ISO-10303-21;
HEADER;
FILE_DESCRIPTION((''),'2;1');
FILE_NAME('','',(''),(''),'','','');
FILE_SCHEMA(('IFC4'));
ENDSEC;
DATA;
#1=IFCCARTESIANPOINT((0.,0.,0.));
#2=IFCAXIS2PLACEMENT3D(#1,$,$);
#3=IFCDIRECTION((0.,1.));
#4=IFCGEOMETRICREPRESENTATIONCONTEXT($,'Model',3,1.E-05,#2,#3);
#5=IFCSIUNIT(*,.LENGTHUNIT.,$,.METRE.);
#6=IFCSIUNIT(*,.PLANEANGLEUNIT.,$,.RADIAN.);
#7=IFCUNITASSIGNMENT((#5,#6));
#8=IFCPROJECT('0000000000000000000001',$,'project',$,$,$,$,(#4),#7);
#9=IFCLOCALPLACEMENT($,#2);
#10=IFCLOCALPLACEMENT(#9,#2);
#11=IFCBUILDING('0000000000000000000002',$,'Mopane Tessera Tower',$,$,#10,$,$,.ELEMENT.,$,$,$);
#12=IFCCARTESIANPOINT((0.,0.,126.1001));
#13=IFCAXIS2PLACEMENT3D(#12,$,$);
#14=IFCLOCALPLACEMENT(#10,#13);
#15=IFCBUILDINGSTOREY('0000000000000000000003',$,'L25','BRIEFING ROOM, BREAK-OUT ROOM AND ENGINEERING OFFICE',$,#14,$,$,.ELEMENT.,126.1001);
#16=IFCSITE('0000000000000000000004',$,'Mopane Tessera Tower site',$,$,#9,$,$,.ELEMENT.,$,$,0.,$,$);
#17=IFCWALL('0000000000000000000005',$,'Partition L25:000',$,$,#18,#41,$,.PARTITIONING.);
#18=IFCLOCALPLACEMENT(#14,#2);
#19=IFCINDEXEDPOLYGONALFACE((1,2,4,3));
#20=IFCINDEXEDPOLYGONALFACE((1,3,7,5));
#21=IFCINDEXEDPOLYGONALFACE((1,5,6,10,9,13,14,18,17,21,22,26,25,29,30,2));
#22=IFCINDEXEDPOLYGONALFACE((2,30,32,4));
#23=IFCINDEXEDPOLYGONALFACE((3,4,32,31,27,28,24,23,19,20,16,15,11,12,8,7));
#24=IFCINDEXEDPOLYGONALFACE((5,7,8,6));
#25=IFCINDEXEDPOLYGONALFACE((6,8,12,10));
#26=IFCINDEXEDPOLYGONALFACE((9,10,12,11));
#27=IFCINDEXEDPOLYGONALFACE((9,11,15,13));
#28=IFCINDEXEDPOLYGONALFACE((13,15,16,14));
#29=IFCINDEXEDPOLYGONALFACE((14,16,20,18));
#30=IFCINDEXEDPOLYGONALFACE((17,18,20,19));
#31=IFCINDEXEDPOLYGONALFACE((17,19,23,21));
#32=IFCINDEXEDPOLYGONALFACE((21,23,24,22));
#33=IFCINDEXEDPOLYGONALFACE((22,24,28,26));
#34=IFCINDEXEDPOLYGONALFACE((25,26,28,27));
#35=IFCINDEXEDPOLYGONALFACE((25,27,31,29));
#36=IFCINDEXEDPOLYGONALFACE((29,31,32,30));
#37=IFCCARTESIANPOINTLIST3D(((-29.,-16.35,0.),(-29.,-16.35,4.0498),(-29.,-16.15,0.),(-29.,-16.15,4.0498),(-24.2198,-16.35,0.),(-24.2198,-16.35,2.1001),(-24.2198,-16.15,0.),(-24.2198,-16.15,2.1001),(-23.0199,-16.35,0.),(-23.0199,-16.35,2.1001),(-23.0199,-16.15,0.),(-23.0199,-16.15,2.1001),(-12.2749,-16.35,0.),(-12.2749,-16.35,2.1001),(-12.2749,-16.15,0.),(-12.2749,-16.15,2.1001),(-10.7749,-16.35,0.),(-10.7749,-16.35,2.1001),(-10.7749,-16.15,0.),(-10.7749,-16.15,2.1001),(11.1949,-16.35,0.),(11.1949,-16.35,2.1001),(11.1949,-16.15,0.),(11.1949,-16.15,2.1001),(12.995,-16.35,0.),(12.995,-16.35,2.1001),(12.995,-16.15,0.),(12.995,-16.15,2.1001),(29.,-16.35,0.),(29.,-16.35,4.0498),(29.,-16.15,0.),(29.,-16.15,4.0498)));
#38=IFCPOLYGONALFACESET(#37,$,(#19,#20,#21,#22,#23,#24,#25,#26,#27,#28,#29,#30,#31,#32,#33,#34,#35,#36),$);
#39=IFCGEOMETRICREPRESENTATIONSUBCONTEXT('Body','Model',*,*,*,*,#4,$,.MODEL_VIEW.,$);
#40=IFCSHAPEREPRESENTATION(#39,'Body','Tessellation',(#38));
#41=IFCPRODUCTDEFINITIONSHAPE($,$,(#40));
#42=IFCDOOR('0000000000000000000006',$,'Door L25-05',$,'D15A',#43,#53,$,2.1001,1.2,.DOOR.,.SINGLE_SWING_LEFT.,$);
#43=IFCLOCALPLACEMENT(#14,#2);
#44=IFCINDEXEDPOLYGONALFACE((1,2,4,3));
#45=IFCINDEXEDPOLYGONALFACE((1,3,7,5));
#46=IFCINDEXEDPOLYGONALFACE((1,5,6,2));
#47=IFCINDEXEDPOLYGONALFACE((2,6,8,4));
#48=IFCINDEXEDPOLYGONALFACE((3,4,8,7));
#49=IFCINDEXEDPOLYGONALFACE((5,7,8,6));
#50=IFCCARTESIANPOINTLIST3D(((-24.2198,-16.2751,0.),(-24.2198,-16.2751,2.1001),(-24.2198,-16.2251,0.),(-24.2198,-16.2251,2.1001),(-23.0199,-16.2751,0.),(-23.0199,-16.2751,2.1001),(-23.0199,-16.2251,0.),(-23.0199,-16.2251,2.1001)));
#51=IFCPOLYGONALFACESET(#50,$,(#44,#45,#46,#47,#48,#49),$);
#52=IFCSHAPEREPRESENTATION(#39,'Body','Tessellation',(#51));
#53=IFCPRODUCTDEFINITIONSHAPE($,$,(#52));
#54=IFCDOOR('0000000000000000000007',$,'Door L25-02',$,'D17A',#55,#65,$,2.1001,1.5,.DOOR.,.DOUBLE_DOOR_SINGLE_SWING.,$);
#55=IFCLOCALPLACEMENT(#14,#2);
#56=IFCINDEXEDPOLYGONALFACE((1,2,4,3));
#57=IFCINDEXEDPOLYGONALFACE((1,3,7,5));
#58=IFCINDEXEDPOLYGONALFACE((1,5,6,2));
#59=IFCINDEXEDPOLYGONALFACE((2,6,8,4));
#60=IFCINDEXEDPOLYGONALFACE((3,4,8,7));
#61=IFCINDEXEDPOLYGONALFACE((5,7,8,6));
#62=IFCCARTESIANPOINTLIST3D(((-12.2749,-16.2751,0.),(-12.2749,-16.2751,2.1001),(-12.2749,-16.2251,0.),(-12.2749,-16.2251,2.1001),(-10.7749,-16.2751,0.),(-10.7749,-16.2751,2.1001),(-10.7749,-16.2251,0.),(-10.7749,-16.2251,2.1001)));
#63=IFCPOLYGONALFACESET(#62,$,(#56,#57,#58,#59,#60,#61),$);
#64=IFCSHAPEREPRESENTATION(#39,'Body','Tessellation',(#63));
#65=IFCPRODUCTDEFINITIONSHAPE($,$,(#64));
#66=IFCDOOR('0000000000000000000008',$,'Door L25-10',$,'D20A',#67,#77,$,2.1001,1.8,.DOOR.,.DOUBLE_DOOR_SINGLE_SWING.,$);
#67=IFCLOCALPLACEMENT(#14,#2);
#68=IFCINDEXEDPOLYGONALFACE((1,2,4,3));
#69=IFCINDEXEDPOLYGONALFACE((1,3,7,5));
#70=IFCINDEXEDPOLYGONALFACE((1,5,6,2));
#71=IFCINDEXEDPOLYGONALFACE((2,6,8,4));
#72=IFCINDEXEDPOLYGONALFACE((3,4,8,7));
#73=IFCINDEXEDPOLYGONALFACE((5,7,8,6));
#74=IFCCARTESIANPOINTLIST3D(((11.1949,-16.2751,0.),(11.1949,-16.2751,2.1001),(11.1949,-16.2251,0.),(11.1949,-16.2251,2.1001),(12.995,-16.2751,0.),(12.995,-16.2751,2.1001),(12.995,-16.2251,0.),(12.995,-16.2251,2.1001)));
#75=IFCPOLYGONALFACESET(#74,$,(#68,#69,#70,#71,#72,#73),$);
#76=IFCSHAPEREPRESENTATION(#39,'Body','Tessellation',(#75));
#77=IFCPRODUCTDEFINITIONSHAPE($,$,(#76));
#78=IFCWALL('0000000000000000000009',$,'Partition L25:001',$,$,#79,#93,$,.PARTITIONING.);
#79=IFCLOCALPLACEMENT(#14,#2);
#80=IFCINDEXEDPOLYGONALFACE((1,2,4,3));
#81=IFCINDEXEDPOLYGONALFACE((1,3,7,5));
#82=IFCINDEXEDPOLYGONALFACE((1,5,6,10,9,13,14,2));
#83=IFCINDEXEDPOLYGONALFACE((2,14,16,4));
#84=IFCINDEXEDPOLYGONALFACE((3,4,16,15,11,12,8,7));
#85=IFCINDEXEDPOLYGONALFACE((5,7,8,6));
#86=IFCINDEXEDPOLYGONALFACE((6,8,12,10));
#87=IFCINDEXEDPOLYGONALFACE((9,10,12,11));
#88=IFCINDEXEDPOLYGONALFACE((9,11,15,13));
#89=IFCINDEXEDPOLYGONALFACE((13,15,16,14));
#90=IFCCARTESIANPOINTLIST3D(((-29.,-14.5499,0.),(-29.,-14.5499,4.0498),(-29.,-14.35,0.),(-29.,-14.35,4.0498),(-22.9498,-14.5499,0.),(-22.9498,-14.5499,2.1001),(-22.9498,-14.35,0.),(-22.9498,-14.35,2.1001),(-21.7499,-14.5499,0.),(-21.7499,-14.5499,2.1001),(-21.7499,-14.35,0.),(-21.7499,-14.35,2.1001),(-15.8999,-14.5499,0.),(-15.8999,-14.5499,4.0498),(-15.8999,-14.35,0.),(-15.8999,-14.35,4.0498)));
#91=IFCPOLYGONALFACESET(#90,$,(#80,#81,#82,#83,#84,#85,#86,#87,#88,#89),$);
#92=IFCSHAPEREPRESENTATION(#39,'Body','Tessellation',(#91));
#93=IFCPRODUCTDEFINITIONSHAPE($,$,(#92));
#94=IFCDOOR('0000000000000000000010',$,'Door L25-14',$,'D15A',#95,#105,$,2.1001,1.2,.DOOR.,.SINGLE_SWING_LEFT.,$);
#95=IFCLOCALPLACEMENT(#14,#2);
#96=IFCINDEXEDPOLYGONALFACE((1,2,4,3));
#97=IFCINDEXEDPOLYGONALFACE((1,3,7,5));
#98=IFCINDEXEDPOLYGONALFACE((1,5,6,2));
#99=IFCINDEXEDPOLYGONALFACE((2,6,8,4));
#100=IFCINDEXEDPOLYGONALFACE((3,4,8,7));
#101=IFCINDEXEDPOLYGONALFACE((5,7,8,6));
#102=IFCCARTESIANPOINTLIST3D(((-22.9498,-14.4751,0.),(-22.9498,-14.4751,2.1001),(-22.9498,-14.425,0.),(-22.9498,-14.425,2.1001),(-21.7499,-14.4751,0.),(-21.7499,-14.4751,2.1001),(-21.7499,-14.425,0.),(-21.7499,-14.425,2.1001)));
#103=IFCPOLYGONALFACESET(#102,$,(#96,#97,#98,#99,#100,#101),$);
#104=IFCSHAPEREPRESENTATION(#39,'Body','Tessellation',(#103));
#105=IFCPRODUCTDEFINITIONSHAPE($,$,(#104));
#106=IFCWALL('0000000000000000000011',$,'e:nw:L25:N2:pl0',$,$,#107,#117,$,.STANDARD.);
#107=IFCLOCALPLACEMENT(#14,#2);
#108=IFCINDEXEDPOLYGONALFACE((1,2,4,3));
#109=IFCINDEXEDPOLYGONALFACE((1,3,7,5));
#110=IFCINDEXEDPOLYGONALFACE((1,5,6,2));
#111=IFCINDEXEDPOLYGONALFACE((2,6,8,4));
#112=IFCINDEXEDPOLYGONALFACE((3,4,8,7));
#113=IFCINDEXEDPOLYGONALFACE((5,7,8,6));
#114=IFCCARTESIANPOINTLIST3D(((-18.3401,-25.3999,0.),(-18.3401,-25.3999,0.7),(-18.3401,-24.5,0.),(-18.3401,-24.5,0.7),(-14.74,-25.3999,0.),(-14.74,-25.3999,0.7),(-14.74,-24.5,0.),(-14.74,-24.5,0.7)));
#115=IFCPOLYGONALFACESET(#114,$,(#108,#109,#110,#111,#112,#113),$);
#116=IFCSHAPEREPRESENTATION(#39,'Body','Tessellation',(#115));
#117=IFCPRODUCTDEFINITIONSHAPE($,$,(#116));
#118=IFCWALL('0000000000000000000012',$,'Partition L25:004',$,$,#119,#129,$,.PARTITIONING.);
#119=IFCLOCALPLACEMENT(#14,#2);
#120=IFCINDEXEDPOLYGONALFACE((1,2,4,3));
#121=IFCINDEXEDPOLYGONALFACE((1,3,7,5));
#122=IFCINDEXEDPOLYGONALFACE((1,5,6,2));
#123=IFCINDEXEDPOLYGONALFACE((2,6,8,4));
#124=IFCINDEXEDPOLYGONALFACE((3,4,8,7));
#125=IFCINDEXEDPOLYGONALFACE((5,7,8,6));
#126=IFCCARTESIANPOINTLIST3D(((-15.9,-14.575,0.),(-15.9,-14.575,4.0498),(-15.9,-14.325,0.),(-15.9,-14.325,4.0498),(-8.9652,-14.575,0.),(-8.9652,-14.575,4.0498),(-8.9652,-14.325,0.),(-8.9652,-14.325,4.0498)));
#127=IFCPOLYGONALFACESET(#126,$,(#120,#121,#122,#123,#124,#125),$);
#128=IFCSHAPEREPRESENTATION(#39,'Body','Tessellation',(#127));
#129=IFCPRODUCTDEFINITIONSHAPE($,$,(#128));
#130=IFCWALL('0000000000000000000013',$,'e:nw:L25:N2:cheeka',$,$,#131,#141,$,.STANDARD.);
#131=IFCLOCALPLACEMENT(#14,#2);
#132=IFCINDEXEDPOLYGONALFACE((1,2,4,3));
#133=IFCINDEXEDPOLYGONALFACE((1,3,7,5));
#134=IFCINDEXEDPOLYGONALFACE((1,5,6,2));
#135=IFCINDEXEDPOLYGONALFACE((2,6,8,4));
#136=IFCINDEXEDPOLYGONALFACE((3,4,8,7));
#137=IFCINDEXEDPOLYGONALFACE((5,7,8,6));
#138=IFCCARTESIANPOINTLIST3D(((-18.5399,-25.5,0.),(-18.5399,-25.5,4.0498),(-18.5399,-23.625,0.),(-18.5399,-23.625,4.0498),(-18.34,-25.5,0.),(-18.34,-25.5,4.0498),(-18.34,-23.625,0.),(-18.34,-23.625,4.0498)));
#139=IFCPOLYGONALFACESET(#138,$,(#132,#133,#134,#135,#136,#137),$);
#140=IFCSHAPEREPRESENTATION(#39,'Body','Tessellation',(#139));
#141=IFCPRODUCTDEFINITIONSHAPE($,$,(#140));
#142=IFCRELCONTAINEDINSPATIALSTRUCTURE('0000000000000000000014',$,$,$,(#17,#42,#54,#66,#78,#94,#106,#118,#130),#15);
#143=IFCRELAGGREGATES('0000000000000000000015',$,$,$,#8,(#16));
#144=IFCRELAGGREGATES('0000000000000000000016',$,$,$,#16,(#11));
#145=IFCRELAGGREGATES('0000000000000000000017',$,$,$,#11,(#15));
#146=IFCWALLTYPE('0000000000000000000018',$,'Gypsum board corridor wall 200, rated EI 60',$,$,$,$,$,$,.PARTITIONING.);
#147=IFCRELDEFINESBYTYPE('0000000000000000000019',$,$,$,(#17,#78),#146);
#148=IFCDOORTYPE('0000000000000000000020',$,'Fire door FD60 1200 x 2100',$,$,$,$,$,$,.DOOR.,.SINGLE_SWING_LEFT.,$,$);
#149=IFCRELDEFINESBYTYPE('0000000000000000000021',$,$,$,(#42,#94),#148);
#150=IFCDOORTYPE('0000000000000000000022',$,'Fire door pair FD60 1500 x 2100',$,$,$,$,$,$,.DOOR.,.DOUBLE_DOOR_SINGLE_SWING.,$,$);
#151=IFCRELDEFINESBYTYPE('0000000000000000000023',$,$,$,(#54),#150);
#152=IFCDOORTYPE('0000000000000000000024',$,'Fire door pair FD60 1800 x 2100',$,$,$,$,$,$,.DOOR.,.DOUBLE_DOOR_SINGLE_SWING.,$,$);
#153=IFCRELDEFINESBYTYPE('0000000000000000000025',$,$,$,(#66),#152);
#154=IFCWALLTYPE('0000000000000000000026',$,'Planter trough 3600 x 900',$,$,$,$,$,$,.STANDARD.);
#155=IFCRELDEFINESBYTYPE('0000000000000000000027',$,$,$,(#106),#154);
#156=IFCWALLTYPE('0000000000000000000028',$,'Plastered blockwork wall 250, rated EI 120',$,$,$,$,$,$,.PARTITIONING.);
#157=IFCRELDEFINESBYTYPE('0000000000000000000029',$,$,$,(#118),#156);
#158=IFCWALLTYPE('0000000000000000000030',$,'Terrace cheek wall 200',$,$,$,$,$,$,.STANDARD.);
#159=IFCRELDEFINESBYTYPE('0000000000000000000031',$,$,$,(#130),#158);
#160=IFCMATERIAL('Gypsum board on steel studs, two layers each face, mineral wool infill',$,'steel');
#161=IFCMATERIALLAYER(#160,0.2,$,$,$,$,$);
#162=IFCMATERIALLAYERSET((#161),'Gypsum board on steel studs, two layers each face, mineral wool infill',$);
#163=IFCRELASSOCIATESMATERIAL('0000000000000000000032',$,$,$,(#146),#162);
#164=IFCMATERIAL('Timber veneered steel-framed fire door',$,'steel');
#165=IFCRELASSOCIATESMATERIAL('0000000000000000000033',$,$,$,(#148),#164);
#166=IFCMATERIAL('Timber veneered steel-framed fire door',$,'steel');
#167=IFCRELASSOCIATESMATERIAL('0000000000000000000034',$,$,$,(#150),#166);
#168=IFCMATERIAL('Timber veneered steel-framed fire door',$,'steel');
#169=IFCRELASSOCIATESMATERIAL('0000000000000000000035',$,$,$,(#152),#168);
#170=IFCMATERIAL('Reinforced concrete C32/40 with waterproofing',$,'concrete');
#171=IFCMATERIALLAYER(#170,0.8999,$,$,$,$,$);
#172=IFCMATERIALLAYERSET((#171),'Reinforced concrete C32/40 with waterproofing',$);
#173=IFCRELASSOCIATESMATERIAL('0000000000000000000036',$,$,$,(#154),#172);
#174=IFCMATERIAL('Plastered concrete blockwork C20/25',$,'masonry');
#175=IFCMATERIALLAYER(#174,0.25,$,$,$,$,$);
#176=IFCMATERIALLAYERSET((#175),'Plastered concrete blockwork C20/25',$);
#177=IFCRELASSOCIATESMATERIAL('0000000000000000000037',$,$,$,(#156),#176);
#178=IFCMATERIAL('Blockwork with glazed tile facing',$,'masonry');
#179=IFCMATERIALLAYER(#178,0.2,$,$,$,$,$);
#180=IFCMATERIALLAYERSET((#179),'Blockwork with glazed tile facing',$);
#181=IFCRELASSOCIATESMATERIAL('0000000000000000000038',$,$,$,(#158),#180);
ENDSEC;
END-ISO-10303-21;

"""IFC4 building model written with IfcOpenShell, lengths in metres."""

from ifc_helpers import new_model, si_unit, direction, frame, frame_2d, origin, place, context, subcontext, project, spatial, rectangle, extrude, material, layer, layer_set, type_object, element, fill, save


model = new_model("IFC4")

# Units and contexts
model_context = context("Model", 3, precision=1e-05, world=origin(), true_north=direction((0.0, 1.0)))
body_context = subcontext(model_context, "Body", "Model", "MODEL_VIEW")
ifc_project = project(units=[si_unit("LENGTHUNIT", "METRE"), si_unit("PLANEANGLEUNIT", "RADIAN")], contexts=[model_context])

# Site, building, storey
site_placement = place(None, origin())
site = spatial("IfcSite", under=ifc_project, at=site_placement, Name="Mopane Tessera Tower site", CompositionType="ELEMENT", RefElevation=0.0)
building_placement = place(site_placement, origin())
building = spatial("IfcBuilding", under=site, at=building_placement, Name="Mopane Tessera Tower", CompositionType="ELEMENT")
storey_placement = place(building_placement, frame((0.0, 0.0, 126.1001)))
storey = spatial("IfcBuildingStorey", under=building, at=storey_placement, Name="L25", Description="BRIEFING ROOM, BREAK-OUT ROOM AND ENGINEERING OFFICE", CompositionType="ELEMENT", Elevation=126.1001)

# Wall, openings, doors
ifc_material_1 = material(Name="Gypsum board on steel studs, two layers each face, mineral wool infill", Category="steel")
ifc_layer_1 = layer(ifc_material_1, 0.2)
ifc_layer_set_1 = layer_set([ifc_layer_1], Name="Gypsum board on steel studs, two layers each face, mineral wool infill")
wall_type_1 = type_object("IfcWallType", Name="Gypsum board corridor wall 200, rated EI 60", PredefinedType="PARTITIONING", material=ifc_layer_set_1)
wall_1_placement = place(storey_placement, frame((-29.0, -16.25, 0.0), z_axis=(0.0, 0.0, 1.0), x_axis=(1.0, 0.0, 0.0)))
wall_1 = element("IfcWall", 1, at=wall_1_placement, inside=storey, type_object=wall_type_1, Name="Partition L25:000", PredefinedType="PARTITIONING", context=body_context, shape_type="SweptSolid", body=[
    extrude(rectangle(XDim=58.0, YDim=0.2, at=frame_2d((29.0, 0.0))), origin(), (0.0, 0.0, 1.0), 4.0498),
])
opening_1_placement = place(wall_1_placement, frame((16.7251, 0.0, 0.0)))
opening_1 = element("IfcOpeningElement", 2, at=opening_1_placement, cuts=wall_1, PredefinedType="OPENING", context=body_context, shape_type="SweptSolid", body=[
    extrude(rectangle(XDim=1.5, YDim=2.1001, at=frame_2d((0.75, 1.05))), frame((0.0, 0.1121, 0.0), z_axis=(0.0, -1.0, 0.0), x_axis=(1.0, 0.0, 0.0)), (0.0, 0.0, 1.0), 0.2239),
])
opening_2_placement = place(wall_1_placement, frame((4.78, 0.0, 0.0)))
opening_2 = element("IfcOpeningElement", 3, at=opening_2_placement, cuts=wall_1, PredefinedType="OPENING", context=body_context, shape_type="SweptSolid", body=[
    extrude(rectangle(XDim=1.2, YDim=2.1001, at=frame_2d((0.6001, 1.05))), frame((0.0, 0.1121, 0.0), z_axis=(0.0, -1.0, 0.0), x_axis=(1.0, 0.0, 0.0)), (0.0, 0.0, 1.0), 0.2239),
])
opening_3_placement = place(wall_1_placement, frame((40.1951, 0.0, 0.0)))
opening_3 = element("IfcOpeningElement", 4, at=opening_3_placement, cuts=wall_1, PredefinedType="OPENING", context=body_context, shape_type="SweptSolid", body=[
    extrude(rectangle(XDim=1.8, YDim=2.1001, at=frame_2d((0.8999, 1.05))), frame((0.0, 0.1121, 0.0), z_axis=(0.0, -1.0, 0.0), x_axis=(1.0, 0.0, 0.0)), (0.0, 0.0, 1.0), 0.2239),
])
ifc_material_2 = material(Name="Timber veneered steel-framed fire door", Category="steel")
door_type_1 = type_object("IfcDoorType", Name="Fire door FD60 1200 x 2100", OperationType="SINGLE_SWING_LEFT", PredefinedType="DOOR", material=ifc_material_2)
door_1_placement = place(opening_2_placement, origin())
door_1 = element("IfcDoor", 5, at=door_1_placement, inside=storey, type_object=door_type_1, Name="Door L25-05", ObjectType="D15A", OperationType="SINGLE_SWING_LEFT", OverallHeight=2.1001, OverallWidth=1.2, PredefinedType="DOOR", context=body_context, shape_type="SweptSolid", body=[
    extrude(rectangle(XDim=1.2, YDim=2.1001, at=frame_2d((0.6001, 1.05))), frame((0.0, 0.0249, 0.0), z_axis=(0.0, -1.0, 0.0), x_axis=(1.0, 0.0, 0.0)), (0.0, 0.0, 1.0), 0.05),
])
fill(opening_2, door_1)
ifc_material_3 = material(Name="Timber veneered steel-framed fire door", Category="steel")
door_type_2 = type_object("IfcDoorType", Name="Fire door pair FD60 1500 x 2100", OperationType="DOUBLE_DOOR_SINGLE_SWING", PredefinedType="DOOR", material=ifc_material_3)
door_2_placement = place(opening_1_placement, origin())
door_2 = element("IfcDoor", 6, at=door_2_placement, inside=storey, type_object=door_type_2, Name="Door L25-02", ObjectType="D17A", OperationType="DOUBLE_DOOR_SINGLE_SWING", OverallHeight=2.1001, OverallWidth=1.5, PredefinedType="DOOR", context=body_context, shape_type="SweptSolid", body=[
    extrude(rectangle(XDim=1.5, YDim=2.1001, at=frame_2d((0.75, 1.05))), frame((0.0, 0.0249, 0.0), z_axis=(0.0, -1.0, 0.0), x_axis=(1.0, 0.0, 0.0)), (0.0, 0.0, 1.0), 0.05),
])
fill(opening_1, door_2)
ifc_material_4 = material(Name="Timber veneered steel-framed fire door", Category="steel")
door_type_3 = type_object("IfcDoorType", Name="Fire door pair FD60 1800 x 2100", OperationType="DOUBLE_DOOR_SINGLE_SWING", PredefinedType="DOOR", material=ifc_material_4)
door_3_placement = place(opening_3_placement, origin())
door_3 = element("IfcDoor", 7, at=door_3_placement, inside=storey, type_object=door_type_3, Name="Door L25-10", ObjectType="D20A", OperationType="DOUBLE_DOOR_SINGLE_SWING", OverallHeight=2.1001, OverallWidth=1.8, PredefinedType="DOOR", context=body_context, shape_type="SweptSolid", body=[
    extrude(rectangle(XDim=1.8, YDim=2.1001, at=frame_2d((0.8999, 1.05))), frame((0.0, 0.0249, 0.0), z_axis=(0.0, -1.0, 0.0), x_axis=(1.0, 0.0, 0.0)), (0.0, 0.0, 1.0), 0.05),
])
fill(opening_3, door_3)

# Wall, opening, door
wall_2_placement = place(storey_placement, frame((-29.0, -14.45, 0.0), z_axis=(0.0, 0.0, 1.0), x_axis=(1.0, 0.0, 0.0)))
wall_2 = element("IfcWall", 8, at=wall_2_placement, inside=storey, type_object=wall_type_1, Name="Partition L25:001", PredefinedType="PARTITIONING", context=body_context, shape_type="SweptSolid", body=[
    extrude(rectangle(XDim=13.1001, YDim=0.2, at=frame_2d((6.55, 0.0))), origin(), (0.0, 0.0, 1.0), 4.0498),
])
opening_4_placement = place(wall_2_placement, frame((6.05, 0.0, 0.0)))
opening_4 = element("IfcOpeningElement", 9, at=opening_4_placement, cuts=wall_2, PredefinedType="OPENING", context=body_context, shape_type="SweptSolid", body=[
    extrude(rectangle(XDim=1.2, YDim=2.1001, at=frame_2d((0.6001, 1.05))), frame((0.0, 0.1121, 0.0), z_axis=(0.0, -1.0, 0.0), x_axis=(1.0, 0.0, 0.0)), (0.0, 0.0, 1.0), 0.2239),
])
door_4_placement = place(opening_4_placement, origin())
door_4 = element("IfcDoor", 10, at=door_4_placement, inside=storey, type_object=door_type_1, Name="Door L25-14", ObjectType="D15A", OperationType="SINGLE_SWING_LEFT", OverallHeight=2.1001, OverallWidth=1.2, PredefinedType="DOOR", context=body_context, shape_type="SweptSolid", body=[
    extrude(rectangle(XDim=1.2, YDim=2.1001, at=frame_2d((0.6001, 1.05))), frame((0.0, 0.0249, 0.0), z_axis=(0.0, -1.0, 0.0), x_axis=(1.0, 0.0, 0.0)), (0.0, 0.0, 1.0), 0.05),
])
fill(opening_4, door_4)

# Walls
ifc_material_5 = material(Name="Reinforced concrete C32/40 with waterproofing", Category="concrete")
ifc_layer_2 = layer(ifc_material_5, 0.8999)
ifc_layer_set_2 = layer_set([ifc_layer_2], Name="Reinforced concrete C32/40 with waterproofing")
wall_type_2 = type_object("IfcWallType", Name="Planter trough 3600 x 900", PredefinedType="STANDARD", material=ifc_layer_set_2)
wall_3_placement = place(storey_placement, frame((-18.3401, -24.95, 0.0), z_axis=(0.0, 0.0, 1.0), x_axis=(1.0, 0.0, 0.0)))
element("IfcWall", 11, at=wall_3_placement, inside=storey, type_object=wall_type_2, Name="e:nw:L25:N2:pl0", PredefinedType="STANDARD", context=body_context, shape_type="SweptSolid", body=[
    extrude(rectangle(XDim=3.6001, YDim=0.8999, at=frame_2d((1.8, 0.0))), origin(), (0.0, 0.0, 1.0), 0.7),
])
ifc_material_6 = material(Name="Plastered concrete blockwork C20/25", Category="masonry")
ifc_layer_3 = layer(ifc_material_6, 0.25)
ifc_layer_set_3 = layer_set([ifc_layer_3], Name="Plastered concrete blockwork C20/25")
wall_type_3 = type_object("IfcWallType", Name="Plastered blockwork wall 250, rated EI 120", PredefinedType="PARTITIONING", material=ifc_layer_set_3)
wall_4_placement = place(storey_placement, frame((-15.8999, -14.45, 0.0), z_axis=(0.0, 0.0, 1.0), x_axis=(1.0, 0.0, 0.0)))
element("IfcWall", 12, at=wall_4_placement, inside=storey, type_object=wall_type_3, Name="Partition L25:004", PredefinedType="PARTITIONING", context=body_context, shape_type="SweptSolid", body=[
    extrude(rectangle(XDim=6.9348, YDim=0.25, at=frame_2d((3.4673, 0.0))), origin(), (0.0, 0.0, 1.0), 4.0498),
])
ifc_material_7 = material(Name="Blockwork with glazed tile facing", Category="masonry")
ifc_layer_4 = layer(ifc_material_7, 0.2)
ifc_layer_set_4 = layer_set([ifc_layer_4], Name="Blockwork with glazed tile facing")
wall_type_4 = type_object("IfcWallType", Name="Terrace cheek wall 200", PredefinedType="STANDARD", material=ifc_layer_set_4)
wall_5_placement = place(storey_placement, frame((-18.4399, -25.5, 0.0), z_axis=(0.0, 0.0, 1.0), x_axis=(0.0, 1.0, 0.0)))
element("IfcWall", 13, at=wall_5_placement, inside=storey, type_object=wall_type_4, Name="e:nw:L25:N2:cheeka", PredefinedType="STANDARD", context=body_context, shape_type="SweptSolid", body=[
    extrude(rectangle(XDim=1.875, YDim=0.2, at=frame_2d((0.9375, 0.0))), origin(), (0.0, 0.0, 1.0), 4.0498),
])

save(model, "model.ifc")
